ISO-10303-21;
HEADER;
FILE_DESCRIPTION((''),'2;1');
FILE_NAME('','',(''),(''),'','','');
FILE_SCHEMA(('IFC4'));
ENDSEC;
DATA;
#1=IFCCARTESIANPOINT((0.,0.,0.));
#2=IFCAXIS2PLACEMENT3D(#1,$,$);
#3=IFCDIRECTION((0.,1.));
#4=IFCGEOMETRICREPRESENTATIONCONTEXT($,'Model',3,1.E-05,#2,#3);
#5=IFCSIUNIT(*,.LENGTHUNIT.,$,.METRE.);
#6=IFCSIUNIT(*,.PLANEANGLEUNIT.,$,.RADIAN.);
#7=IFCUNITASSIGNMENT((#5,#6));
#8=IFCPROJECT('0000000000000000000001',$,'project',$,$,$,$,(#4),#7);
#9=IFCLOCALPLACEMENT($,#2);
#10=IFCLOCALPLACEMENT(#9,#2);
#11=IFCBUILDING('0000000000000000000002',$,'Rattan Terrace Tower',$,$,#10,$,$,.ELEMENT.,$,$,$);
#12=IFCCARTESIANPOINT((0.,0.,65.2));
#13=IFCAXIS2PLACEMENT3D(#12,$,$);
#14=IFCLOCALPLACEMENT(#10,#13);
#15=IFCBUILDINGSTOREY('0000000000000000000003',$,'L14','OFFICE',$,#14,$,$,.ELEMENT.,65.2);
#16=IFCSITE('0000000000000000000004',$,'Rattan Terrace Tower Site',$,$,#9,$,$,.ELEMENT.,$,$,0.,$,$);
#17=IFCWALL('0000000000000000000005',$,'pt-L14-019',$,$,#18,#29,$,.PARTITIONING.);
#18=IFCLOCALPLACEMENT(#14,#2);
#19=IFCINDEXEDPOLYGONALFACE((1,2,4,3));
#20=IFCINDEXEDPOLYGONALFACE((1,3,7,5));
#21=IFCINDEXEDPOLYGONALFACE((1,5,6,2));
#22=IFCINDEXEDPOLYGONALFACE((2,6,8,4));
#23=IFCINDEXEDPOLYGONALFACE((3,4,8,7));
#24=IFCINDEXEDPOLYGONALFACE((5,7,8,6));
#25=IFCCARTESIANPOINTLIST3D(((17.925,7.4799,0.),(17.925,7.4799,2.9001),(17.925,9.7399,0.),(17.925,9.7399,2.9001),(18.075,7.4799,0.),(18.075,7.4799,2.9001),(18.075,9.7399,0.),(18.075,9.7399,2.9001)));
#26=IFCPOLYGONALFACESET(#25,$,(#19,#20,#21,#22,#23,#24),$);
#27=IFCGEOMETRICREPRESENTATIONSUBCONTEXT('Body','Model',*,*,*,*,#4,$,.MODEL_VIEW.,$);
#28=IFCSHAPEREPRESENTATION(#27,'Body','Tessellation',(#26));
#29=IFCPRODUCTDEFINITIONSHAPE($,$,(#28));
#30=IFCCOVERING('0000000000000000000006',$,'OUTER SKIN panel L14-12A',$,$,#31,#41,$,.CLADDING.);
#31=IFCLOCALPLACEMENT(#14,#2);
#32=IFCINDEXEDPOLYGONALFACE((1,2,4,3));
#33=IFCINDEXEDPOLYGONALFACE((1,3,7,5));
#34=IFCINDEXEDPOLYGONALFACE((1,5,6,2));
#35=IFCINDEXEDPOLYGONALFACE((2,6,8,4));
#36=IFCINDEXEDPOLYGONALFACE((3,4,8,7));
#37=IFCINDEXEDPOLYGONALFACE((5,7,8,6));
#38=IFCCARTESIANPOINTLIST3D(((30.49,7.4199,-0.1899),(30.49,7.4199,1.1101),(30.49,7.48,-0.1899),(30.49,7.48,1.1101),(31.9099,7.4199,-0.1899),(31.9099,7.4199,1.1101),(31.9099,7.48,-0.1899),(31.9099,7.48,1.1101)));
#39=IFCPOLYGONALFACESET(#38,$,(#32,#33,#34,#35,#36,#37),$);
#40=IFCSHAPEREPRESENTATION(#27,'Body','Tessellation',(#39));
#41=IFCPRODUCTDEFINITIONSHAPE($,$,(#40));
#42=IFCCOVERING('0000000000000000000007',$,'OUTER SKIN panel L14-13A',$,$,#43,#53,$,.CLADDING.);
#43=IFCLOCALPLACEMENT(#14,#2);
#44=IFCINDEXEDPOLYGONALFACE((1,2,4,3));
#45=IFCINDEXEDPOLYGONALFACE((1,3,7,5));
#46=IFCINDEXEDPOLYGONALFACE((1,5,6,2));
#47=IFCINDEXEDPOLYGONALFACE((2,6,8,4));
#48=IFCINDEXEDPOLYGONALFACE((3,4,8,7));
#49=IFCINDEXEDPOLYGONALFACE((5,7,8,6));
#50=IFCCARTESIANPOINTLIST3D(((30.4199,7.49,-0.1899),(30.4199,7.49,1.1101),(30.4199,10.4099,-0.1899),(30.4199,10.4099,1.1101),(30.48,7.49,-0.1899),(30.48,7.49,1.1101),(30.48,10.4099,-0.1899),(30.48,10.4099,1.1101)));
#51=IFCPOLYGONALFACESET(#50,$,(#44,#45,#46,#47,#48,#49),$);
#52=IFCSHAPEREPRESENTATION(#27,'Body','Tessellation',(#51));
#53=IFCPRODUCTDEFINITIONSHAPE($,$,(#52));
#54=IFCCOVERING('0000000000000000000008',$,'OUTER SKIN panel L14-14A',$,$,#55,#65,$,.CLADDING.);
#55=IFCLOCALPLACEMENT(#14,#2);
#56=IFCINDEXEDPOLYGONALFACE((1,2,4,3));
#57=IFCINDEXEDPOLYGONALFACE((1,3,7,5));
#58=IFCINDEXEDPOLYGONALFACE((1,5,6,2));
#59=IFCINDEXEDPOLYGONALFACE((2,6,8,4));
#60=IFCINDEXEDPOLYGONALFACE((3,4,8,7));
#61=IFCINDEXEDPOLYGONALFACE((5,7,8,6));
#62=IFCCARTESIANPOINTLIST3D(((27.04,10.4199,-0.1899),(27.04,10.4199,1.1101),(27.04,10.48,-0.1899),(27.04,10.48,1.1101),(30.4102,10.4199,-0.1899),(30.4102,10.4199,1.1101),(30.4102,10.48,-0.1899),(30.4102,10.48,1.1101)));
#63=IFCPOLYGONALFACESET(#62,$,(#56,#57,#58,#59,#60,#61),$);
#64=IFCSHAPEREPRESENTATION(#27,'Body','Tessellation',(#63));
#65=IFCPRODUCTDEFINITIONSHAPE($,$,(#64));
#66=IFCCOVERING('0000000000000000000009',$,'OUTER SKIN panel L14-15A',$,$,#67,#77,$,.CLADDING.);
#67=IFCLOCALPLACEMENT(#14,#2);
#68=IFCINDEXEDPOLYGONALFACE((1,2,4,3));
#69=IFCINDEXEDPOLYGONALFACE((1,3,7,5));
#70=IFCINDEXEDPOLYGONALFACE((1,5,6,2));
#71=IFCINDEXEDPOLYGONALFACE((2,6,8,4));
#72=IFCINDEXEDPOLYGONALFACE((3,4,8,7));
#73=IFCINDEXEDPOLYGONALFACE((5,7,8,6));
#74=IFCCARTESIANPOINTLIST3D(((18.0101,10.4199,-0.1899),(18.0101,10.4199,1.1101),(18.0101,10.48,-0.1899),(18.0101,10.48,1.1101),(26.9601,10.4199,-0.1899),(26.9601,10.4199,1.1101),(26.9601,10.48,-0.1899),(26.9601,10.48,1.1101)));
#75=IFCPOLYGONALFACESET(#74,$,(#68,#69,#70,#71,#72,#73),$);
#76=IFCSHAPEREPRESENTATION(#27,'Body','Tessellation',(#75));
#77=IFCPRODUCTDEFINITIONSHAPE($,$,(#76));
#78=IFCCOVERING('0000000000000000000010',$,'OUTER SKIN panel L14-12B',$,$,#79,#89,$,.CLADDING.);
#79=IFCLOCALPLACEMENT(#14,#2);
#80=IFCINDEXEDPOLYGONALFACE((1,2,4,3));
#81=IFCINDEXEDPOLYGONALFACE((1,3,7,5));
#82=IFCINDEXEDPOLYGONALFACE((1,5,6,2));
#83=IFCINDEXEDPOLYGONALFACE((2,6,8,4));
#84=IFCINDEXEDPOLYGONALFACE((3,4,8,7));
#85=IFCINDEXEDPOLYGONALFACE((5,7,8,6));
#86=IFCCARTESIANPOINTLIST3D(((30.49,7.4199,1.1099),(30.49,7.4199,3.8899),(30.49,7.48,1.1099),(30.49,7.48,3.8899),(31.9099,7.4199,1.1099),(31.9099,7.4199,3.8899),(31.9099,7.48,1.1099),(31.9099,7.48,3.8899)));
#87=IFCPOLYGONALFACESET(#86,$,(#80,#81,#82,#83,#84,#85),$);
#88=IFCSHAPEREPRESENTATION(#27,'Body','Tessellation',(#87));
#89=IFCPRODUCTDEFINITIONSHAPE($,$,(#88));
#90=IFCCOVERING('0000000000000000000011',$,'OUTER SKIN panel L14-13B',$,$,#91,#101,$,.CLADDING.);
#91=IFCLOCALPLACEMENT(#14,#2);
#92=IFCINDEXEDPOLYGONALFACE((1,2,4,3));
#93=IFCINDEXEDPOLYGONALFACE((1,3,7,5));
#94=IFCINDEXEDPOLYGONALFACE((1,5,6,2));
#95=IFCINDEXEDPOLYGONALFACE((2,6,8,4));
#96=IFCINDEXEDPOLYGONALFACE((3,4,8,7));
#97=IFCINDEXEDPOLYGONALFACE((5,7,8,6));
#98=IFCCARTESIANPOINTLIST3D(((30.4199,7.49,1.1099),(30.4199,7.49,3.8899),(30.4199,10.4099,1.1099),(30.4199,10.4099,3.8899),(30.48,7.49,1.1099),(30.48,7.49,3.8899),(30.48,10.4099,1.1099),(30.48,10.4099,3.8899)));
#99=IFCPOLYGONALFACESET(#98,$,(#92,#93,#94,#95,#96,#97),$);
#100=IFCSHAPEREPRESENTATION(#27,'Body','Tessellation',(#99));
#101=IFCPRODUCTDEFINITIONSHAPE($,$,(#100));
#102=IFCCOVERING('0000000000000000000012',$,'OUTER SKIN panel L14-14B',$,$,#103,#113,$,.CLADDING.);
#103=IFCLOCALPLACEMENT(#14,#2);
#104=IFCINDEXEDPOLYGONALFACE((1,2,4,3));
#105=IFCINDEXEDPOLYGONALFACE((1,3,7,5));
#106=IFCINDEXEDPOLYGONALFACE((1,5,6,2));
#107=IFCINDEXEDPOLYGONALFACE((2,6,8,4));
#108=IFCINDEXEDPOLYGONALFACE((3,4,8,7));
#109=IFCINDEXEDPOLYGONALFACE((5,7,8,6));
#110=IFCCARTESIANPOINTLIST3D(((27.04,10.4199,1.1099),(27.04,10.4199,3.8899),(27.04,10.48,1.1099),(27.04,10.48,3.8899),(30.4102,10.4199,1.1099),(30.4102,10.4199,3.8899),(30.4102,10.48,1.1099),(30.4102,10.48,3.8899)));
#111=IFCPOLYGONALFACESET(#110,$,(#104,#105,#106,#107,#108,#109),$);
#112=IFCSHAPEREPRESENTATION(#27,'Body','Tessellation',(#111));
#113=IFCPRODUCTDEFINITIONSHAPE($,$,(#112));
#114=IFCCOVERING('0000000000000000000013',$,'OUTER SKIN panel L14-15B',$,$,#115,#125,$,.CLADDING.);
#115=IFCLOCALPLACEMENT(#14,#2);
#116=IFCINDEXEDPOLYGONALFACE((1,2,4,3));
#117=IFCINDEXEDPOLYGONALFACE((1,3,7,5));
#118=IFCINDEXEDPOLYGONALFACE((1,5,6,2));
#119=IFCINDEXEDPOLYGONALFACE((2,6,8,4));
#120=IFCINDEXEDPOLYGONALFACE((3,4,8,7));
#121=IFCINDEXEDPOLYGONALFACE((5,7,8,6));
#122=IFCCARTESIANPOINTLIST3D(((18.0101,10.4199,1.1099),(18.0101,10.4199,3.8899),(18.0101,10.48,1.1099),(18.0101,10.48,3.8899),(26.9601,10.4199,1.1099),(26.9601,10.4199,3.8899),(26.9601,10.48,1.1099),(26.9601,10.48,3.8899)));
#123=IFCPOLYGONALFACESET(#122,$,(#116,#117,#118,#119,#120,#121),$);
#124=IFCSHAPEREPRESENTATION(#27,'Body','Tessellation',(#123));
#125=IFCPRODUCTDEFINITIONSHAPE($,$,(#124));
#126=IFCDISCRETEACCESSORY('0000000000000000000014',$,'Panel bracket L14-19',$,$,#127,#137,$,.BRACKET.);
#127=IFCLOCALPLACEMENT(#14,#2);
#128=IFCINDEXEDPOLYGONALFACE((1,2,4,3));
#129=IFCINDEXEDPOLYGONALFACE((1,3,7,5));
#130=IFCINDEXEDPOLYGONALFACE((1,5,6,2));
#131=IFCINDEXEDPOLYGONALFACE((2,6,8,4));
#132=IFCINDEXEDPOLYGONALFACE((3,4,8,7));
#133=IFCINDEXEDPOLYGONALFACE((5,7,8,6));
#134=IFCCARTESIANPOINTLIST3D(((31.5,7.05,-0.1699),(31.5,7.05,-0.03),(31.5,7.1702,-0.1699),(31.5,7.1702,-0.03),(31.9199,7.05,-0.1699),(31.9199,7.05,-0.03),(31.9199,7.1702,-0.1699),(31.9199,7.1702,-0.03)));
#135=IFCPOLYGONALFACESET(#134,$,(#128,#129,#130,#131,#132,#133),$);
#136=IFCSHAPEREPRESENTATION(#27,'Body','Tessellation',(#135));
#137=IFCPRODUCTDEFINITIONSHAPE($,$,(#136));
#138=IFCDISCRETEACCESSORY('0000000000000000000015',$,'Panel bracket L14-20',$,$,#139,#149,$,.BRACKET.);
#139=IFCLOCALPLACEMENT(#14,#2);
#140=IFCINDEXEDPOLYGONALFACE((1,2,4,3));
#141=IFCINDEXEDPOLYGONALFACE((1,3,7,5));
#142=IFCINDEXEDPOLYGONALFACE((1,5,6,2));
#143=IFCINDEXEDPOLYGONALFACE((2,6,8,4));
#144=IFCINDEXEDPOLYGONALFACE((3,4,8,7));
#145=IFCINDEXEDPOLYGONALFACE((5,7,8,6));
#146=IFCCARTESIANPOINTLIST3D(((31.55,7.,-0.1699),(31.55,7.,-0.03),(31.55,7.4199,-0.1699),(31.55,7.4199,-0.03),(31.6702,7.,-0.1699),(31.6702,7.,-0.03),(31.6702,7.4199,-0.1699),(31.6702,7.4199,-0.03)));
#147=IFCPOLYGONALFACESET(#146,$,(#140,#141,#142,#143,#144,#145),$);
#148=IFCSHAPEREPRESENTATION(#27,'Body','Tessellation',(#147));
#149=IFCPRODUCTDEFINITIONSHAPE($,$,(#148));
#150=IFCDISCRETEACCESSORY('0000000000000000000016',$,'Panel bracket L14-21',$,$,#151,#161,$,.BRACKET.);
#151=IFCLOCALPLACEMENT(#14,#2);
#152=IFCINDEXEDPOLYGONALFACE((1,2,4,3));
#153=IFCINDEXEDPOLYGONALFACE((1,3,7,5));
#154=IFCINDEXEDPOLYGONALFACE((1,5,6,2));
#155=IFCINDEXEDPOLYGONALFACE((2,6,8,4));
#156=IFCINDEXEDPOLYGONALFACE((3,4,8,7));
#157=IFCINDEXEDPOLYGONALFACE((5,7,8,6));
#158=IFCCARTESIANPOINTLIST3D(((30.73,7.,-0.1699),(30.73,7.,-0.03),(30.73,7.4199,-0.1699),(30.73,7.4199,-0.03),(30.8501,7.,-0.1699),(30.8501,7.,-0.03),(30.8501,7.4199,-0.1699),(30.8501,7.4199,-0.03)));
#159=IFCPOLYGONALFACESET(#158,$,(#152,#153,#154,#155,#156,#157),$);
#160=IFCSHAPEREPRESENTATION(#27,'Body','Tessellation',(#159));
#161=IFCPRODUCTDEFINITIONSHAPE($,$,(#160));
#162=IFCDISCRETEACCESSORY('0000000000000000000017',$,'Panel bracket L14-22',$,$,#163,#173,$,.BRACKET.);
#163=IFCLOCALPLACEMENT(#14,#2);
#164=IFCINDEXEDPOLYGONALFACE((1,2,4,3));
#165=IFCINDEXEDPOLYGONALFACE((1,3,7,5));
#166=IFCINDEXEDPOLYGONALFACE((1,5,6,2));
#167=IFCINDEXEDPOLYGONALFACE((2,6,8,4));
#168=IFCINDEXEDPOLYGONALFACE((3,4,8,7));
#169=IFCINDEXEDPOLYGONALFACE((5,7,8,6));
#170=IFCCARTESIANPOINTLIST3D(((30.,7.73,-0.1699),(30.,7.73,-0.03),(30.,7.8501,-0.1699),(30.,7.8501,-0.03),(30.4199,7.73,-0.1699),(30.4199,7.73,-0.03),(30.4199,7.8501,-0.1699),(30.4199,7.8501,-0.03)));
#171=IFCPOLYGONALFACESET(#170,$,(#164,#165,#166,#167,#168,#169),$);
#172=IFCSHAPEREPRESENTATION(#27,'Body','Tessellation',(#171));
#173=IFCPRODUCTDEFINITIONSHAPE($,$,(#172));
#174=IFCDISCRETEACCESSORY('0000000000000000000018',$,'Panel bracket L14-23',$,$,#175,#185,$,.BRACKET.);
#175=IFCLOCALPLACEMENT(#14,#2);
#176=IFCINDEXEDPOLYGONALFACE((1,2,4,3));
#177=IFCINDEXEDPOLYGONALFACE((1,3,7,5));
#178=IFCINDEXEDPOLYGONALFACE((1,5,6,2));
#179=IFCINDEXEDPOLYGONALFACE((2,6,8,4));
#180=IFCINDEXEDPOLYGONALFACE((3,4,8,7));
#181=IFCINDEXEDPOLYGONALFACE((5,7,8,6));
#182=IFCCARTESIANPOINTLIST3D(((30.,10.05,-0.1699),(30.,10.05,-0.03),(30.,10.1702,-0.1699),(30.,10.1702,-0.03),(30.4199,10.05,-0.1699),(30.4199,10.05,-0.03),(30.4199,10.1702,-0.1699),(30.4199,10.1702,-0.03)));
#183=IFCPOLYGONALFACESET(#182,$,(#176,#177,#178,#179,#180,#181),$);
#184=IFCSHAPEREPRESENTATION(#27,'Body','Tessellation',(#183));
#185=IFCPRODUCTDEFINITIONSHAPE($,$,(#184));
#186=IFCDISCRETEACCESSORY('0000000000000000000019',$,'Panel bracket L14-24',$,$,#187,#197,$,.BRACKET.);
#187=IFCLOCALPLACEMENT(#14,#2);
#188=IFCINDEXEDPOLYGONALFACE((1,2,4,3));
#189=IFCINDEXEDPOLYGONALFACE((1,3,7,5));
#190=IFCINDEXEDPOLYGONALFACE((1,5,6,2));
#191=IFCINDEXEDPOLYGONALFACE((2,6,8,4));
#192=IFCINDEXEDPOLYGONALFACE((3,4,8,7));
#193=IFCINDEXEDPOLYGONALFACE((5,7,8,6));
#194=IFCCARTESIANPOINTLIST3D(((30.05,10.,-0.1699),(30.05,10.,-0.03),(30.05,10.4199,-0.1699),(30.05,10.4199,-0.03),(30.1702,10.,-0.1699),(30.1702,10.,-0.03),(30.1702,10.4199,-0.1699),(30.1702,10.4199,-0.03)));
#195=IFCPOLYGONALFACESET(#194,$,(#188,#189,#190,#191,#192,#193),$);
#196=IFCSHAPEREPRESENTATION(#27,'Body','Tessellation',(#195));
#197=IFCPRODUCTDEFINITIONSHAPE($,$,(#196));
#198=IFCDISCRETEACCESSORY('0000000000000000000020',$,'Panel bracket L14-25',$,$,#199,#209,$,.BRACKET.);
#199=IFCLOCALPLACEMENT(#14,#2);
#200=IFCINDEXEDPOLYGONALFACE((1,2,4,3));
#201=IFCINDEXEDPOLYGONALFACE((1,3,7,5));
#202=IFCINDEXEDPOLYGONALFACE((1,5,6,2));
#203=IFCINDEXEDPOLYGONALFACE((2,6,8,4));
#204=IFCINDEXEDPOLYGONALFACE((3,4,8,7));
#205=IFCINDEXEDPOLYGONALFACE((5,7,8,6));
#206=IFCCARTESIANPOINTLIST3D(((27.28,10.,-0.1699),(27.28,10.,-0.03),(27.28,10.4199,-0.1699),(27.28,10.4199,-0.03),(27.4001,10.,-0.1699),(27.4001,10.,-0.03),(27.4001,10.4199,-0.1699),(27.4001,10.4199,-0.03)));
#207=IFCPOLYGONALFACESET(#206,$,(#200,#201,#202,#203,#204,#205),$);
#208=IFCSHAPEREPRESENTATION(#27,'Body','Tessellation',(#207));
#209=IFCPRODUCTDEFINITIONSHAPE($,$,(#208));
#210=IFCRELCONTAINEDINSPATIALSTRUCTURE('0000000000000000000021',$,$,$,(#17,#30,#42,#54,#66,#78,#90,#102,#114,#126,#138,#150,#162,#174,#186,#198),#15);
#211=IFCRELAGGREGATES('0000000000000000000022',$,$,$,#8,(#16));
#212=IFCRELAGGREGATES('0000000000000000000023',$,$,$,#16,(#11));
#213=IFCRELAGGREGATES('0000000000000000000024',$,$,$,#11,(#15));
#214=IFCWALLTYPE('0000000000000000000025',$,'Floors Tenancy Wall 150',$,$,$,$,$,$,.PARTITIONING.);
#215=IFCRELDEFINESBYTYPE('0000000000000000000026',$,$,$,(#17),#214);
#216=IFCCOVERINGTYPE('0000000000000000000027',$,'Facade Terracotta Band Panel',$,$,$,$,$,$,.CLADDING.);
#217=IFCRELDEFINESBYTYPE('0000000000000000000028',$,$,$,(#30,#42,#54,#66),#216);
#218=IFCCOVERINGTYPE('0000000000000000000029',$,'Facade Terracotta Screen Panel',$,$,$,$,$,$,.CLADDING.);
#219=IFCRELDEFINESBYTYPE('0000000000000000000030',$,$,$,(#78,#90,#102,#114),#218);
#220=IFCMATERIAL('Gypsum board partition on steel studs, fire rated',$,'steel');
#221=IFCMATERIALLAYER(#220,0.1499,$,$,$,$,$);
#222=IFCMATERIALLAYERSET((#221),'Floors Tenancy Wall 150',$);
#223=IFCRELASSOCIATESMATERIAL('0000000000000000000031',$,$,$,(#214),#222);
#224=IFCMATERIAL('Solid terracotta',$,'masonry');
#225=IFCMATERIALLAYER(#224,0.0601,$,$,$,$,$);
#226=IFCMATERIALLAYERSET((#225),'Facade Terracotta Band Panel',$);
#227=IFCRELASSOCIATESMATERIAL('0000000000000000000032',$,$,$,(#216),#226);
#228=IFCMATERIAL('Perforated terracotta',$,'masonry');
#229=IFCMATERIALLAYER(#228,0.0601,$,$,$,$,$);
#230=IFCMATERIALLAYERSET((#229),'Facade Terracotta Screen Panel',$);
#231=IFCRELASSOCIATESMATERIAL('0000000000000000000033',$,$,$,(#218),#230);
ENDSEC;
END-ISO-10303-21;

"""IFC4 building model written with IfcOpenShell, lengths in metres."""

from ifc_helpers import new_model, si_unit, direction, frame, frame_2d, origin, origin_2d, place, context, subcontext, project, spatial, rectangle, extrude, material, layer, layer_set, type_object, element, save


model = new_model("IFC4")

# Units and contexts
model_context = context("Model", 3, precision=1e-05, world=origin(), true_north=direction((0.0, 1.0)))
body_context = subcontext(model_context, "Body", "Model", "MODEL_VIEW")
ifc_project = project(units=[si_unit("LENGTHUNIT", "METRE"), si_unit("PLANEANGLEUNIT", "RADIAN")], contexts=[model_context])

# Site, building, storey
site_placement = place(None, origin())
site = spatial("IfcSite", under=ifc_project, at=site_placement, Name="Rattan Terrace Tower Site", CompositionType="ELEMENT", RefElevation=0.0)
building_placement = place(site_placement, origin())
building = spatial("IfcBuilding", under=site, at=building_placement, Name="Rattan Terrace Tower", CompositionType="ELEMENT")
storey_placement = place(building_placement, frame((0.0, 0.0, 65.2)))
storey = spatial("IfcBuildingStorey", under=building, at=storey_placement, Name="L14", Description="OFFICE", CompositionType="ELEMENT", Elevation=65.2)

# Shared definitions
ifc_material_1 = material(Name="Gypsum board partition on steel studs, fire rated", Category="steel")
ifc_layer_1 = layer(ifc_material_1, 0.1499)
ifc_layer_set_1 = layer_set([ifc_layer_1], Name="Floors Tenancy Wall 150")
wall_type_1 = type_object("IfcWallType", Name="Floors Tenancy Wall 150", PredefinedType="PARTITIONING", material=ifc_layer_set_1)

# Wall
wall_1_placement = place(storey_placement, frame((18.0, 7.48, 0.0), z_axis=(0.0, 0.0, 1.0), x_axis=(0.0, 1.0, 0.0)))
element("IfcWall", 1, at=wall_1_placement, inside=storey, type_object=wall_type_1, Name="pt-L14-019", PredefinedType="PARTITIONING", context=body_context, shape_type="SweptSolid", body=[
    extrude(rectangle(XDim=2.26, YDim=0.1499, at=frame_2d((1.1299, 0.0))), origin(), (0.0, 0.0, 1.0), 2.9001),
])

# Coverings
ifc_material_2 = material(Name="Solid terracotta", Category="masonry")
ifc_layer_2 = layer(ifc_material_2, 0.0601)
ifc_layer_set_2 = layer_set([ifc_layer_2], Name="Facade Terracotta Band Panel")
covering_type_1 = type_object("IfcCoveringType", Name="Facade Terracotta Band Panel", PredefinedType="CLADDING", material=ifc_layer_set_2)
covering_1_placement = place(storey_placement, frame((31.2, 7.45, -0.1899), z_axis=(0.0, 0.0, 1.0), x_axis=(-1.0, 0.0, 0.0)))
element("IfcCovering", 2, at=covering_1_placement, inside=storey, type_object=covering_type_1, Name="OUTER SKIN panel L14-12A", PredefinedType="CLADDING", context=body_context, shape_type="SweptSolid", body=[
    extrude(rectangle(XDim=1.4199, YDim=0.0601, at=origin_2d()), origin(), (0.0, 0.0, 1.0), 1.3),
])
covering_2_placement = place(storey_placement, frame((30.45, 8.95, -0.1899), z_axis=(0.0, 0.0, 1.0), x_axis=(0.0, 1.0, 0.0)))
element("IfcCovering", 3, at=covering_2_placement, inside=storey, type_object=covering_type_1, Name="OUTER SKIN panel L14-13A", PredefinedType="CLADDING", context=body_context, shape_type="SweptSolid", body=[
    extrude(rectangle(XDim=2.9199, YDim=0.0601, at=origin_2d()), origin(), (0.0, 0.0, 1.0), 1.3),
])
covering_3_placement = place(storey_placement, frame((28.7251, 10.45, -0.1899), z_axis=(0.0, 0.0, 1.0), x_axis=(-1.0, 0.0, 0.0)))
element("IfcCovering", 4, at=covering_3_placement, inside=storey, type_object=covering_type_1, Name="OUTER SKIN panel L14-14A", PredefinedType="CLADDING", context=body_context, shape_type="SweptSolid", body=[
    extrude(rectangle(XDim=3.3701, YDim=0.0601, at=origin_2d()), origin(), (0.0, 0.0, 1.0), 1.3),
])
covering_4_placement = place(storey_placement, frame((22.4851, 10.45, -0.1899), z_axis=(0.0, 0.0, 1.0), x_axis=(-1.0, 0.0, 0.0)))
element("IfcCovering", 5, at=covering_4_placement, inside=storey, type_object=covering_type_1, Name="OUTER SKIN panel L14-15A", PredefinedType="CLADDING", context=body_context, shape_type="SweptSolid", body=[
    extrude(rectangle(XDim=8.95, YDim=0.0601, at=origin_2d()), origin(), (0.0, 0.0, 1.0), 1.3),
])
ifc_material_3 = material(Name="Perforated terracotta", Category="masonry")
ifc_layer_3 = layer(ifc_material_3, 0.0601)
ifc_layer_set_3 = layer_set([ifc_layer_3], Name="Facade Terracotta Screen Panel")
covering_type_2 = type_object("IfcCoveringType", Name="Facade Terracotta Screen Panel", PredefinedType="CLADDING", material=ifc_layer_set_3)
covering_5_placement = place(storey_placement, frame((31.2, 7.45, 1.1099), z_axis=(0.0, 0.0, 1.0), x_axis=(-1.0, 0.0, 0.0)))
element("IfcCovering", 6, at=covering_5_placement, inside=storey, type_object=covering_type_2, Name="OUTER SKIN panel L14-12B", PredefinedType="CLADDING", context=body_context, shape_type="SweptSolid", body=[
    extrude(rectangle(XDim=1.4199, YDim=0.0601, at=origin_2d()), origin(), (0.0, 0.0, 1.0), 2.78),
])
covering_6_placement = place(storey_placement, frame((30.45, 8.95, 1.1099), z_axis=(0.0, 0.0, 1.0), x_axis=(0.0, 1.0, 0.0)))
element("IfcCovering", 7, at=covering_6_placement, inside=storey, type_object=covering_type_2, Name="OUTER SKIN panel L14-13B", PredefinedType="CLADDING", context=body_context, shape_type="SweptSolid", body=[
    extrude(rectangle(XDim=2.9199, YDim=0.0601, at=origin_2d()), origin(), (0.0, 0.0, 1.0), 2.78),
])
covering_7_placement = place(storey_placement, frame((28.7251, 10.45, 1.1099), z_axis=(0.0, 0.0, 1.0), x_axis=(-1.0, 0.0, 0.0)))
element("IfcCovering", 8, at=covering_7_placement, inside=storey, type_object=covering_type_2, Name="OUTER SKIN panel L14-14B", PredefinedType="CLADDING", context=body_context, shape_type="SweptSolid", body=[
    extrude(rectangle(XDim=3.3701, YDim=0.0601, at=origin_2d()), origin(), (0.0, 0.0, 1.0), 2.78),
])
covering_8_placement = place(storey_placement, frame((22.4851, 10.45, 1.1099), z_axis=(0.0, 0.0, 1.0), x_axis=(-1.0, 0.0, 0.0)))
element("IfcCovering", 9, at=covering_8_placement, inside=storey, type_object=covering_type_2, Name="OUTER SKIN panel L14-15B", PredefinedType="CLADDING", context=body_context, shape_type="SweptSolid", body=[
    extrude(rectangle(XDim=8.95, YDim=0.0601, at=origin_2d()), origin(), (0.0, 0.0, 1.0), 2.78),
])

# Discrete accessories
for number, where, z_axis, x_axis, name in (
    (10, (31.71, 7.1101, -0.1699), (0.0, 0.0, 1.0), (0.0, 1.0, 0.0), "Panel bracket L14-19"),
    (11, (31.6101, 7.21, -0.1699), (0.0, 0.0, 1.0), (-1.0, 0.0, 0.0), "Panel bracket L14-20"),
    (12, (30.79, 7.21, -0.1699), (0.0, 0.0, 1.0), (-1.0, 0.0, 0.0), "Panel bracket L14-21"),
    (13, (30.21, 7.79, -0.1699), (0.0, 0.0, 1.0), (0.0, 1.0, 0.0), "Panel bracket L14-22"),
    (14, (30.21, 10.1101, -0.1699), (0.0, 0.0, 1.0), (0.0, 1.0, 0.0), "Panel bracket L14-23"),
    (15, (30.1101, 10.21, -0.1699), (0.0, 0.0, 1.0), (-1.0, 0.0, 0.0), "Panel bracket L14-24"),
    (16, (27.3401, 10.21, -0.1699), (0.0, 0.0, 1.0), (-1.0, 0.0, 0.0), "Panel bracket L14-25"),
):
    element("IfcDiscreteAccessory", number, at=place(storey_placement, frame(where, z_axis=z_axis, x_axis=x_axis)), inside=storey, Name=name, PredefinedType="BRACKET", context=body_context, shape_type="SweptSolid", body=[
        extrude(rectangle(XDim=0.1201, YDim=0.4199, at=origin_2d()), origin(), (0.0, 0.0, 1.0), 0.1399),
    ])

save(model, "model.ifc")
